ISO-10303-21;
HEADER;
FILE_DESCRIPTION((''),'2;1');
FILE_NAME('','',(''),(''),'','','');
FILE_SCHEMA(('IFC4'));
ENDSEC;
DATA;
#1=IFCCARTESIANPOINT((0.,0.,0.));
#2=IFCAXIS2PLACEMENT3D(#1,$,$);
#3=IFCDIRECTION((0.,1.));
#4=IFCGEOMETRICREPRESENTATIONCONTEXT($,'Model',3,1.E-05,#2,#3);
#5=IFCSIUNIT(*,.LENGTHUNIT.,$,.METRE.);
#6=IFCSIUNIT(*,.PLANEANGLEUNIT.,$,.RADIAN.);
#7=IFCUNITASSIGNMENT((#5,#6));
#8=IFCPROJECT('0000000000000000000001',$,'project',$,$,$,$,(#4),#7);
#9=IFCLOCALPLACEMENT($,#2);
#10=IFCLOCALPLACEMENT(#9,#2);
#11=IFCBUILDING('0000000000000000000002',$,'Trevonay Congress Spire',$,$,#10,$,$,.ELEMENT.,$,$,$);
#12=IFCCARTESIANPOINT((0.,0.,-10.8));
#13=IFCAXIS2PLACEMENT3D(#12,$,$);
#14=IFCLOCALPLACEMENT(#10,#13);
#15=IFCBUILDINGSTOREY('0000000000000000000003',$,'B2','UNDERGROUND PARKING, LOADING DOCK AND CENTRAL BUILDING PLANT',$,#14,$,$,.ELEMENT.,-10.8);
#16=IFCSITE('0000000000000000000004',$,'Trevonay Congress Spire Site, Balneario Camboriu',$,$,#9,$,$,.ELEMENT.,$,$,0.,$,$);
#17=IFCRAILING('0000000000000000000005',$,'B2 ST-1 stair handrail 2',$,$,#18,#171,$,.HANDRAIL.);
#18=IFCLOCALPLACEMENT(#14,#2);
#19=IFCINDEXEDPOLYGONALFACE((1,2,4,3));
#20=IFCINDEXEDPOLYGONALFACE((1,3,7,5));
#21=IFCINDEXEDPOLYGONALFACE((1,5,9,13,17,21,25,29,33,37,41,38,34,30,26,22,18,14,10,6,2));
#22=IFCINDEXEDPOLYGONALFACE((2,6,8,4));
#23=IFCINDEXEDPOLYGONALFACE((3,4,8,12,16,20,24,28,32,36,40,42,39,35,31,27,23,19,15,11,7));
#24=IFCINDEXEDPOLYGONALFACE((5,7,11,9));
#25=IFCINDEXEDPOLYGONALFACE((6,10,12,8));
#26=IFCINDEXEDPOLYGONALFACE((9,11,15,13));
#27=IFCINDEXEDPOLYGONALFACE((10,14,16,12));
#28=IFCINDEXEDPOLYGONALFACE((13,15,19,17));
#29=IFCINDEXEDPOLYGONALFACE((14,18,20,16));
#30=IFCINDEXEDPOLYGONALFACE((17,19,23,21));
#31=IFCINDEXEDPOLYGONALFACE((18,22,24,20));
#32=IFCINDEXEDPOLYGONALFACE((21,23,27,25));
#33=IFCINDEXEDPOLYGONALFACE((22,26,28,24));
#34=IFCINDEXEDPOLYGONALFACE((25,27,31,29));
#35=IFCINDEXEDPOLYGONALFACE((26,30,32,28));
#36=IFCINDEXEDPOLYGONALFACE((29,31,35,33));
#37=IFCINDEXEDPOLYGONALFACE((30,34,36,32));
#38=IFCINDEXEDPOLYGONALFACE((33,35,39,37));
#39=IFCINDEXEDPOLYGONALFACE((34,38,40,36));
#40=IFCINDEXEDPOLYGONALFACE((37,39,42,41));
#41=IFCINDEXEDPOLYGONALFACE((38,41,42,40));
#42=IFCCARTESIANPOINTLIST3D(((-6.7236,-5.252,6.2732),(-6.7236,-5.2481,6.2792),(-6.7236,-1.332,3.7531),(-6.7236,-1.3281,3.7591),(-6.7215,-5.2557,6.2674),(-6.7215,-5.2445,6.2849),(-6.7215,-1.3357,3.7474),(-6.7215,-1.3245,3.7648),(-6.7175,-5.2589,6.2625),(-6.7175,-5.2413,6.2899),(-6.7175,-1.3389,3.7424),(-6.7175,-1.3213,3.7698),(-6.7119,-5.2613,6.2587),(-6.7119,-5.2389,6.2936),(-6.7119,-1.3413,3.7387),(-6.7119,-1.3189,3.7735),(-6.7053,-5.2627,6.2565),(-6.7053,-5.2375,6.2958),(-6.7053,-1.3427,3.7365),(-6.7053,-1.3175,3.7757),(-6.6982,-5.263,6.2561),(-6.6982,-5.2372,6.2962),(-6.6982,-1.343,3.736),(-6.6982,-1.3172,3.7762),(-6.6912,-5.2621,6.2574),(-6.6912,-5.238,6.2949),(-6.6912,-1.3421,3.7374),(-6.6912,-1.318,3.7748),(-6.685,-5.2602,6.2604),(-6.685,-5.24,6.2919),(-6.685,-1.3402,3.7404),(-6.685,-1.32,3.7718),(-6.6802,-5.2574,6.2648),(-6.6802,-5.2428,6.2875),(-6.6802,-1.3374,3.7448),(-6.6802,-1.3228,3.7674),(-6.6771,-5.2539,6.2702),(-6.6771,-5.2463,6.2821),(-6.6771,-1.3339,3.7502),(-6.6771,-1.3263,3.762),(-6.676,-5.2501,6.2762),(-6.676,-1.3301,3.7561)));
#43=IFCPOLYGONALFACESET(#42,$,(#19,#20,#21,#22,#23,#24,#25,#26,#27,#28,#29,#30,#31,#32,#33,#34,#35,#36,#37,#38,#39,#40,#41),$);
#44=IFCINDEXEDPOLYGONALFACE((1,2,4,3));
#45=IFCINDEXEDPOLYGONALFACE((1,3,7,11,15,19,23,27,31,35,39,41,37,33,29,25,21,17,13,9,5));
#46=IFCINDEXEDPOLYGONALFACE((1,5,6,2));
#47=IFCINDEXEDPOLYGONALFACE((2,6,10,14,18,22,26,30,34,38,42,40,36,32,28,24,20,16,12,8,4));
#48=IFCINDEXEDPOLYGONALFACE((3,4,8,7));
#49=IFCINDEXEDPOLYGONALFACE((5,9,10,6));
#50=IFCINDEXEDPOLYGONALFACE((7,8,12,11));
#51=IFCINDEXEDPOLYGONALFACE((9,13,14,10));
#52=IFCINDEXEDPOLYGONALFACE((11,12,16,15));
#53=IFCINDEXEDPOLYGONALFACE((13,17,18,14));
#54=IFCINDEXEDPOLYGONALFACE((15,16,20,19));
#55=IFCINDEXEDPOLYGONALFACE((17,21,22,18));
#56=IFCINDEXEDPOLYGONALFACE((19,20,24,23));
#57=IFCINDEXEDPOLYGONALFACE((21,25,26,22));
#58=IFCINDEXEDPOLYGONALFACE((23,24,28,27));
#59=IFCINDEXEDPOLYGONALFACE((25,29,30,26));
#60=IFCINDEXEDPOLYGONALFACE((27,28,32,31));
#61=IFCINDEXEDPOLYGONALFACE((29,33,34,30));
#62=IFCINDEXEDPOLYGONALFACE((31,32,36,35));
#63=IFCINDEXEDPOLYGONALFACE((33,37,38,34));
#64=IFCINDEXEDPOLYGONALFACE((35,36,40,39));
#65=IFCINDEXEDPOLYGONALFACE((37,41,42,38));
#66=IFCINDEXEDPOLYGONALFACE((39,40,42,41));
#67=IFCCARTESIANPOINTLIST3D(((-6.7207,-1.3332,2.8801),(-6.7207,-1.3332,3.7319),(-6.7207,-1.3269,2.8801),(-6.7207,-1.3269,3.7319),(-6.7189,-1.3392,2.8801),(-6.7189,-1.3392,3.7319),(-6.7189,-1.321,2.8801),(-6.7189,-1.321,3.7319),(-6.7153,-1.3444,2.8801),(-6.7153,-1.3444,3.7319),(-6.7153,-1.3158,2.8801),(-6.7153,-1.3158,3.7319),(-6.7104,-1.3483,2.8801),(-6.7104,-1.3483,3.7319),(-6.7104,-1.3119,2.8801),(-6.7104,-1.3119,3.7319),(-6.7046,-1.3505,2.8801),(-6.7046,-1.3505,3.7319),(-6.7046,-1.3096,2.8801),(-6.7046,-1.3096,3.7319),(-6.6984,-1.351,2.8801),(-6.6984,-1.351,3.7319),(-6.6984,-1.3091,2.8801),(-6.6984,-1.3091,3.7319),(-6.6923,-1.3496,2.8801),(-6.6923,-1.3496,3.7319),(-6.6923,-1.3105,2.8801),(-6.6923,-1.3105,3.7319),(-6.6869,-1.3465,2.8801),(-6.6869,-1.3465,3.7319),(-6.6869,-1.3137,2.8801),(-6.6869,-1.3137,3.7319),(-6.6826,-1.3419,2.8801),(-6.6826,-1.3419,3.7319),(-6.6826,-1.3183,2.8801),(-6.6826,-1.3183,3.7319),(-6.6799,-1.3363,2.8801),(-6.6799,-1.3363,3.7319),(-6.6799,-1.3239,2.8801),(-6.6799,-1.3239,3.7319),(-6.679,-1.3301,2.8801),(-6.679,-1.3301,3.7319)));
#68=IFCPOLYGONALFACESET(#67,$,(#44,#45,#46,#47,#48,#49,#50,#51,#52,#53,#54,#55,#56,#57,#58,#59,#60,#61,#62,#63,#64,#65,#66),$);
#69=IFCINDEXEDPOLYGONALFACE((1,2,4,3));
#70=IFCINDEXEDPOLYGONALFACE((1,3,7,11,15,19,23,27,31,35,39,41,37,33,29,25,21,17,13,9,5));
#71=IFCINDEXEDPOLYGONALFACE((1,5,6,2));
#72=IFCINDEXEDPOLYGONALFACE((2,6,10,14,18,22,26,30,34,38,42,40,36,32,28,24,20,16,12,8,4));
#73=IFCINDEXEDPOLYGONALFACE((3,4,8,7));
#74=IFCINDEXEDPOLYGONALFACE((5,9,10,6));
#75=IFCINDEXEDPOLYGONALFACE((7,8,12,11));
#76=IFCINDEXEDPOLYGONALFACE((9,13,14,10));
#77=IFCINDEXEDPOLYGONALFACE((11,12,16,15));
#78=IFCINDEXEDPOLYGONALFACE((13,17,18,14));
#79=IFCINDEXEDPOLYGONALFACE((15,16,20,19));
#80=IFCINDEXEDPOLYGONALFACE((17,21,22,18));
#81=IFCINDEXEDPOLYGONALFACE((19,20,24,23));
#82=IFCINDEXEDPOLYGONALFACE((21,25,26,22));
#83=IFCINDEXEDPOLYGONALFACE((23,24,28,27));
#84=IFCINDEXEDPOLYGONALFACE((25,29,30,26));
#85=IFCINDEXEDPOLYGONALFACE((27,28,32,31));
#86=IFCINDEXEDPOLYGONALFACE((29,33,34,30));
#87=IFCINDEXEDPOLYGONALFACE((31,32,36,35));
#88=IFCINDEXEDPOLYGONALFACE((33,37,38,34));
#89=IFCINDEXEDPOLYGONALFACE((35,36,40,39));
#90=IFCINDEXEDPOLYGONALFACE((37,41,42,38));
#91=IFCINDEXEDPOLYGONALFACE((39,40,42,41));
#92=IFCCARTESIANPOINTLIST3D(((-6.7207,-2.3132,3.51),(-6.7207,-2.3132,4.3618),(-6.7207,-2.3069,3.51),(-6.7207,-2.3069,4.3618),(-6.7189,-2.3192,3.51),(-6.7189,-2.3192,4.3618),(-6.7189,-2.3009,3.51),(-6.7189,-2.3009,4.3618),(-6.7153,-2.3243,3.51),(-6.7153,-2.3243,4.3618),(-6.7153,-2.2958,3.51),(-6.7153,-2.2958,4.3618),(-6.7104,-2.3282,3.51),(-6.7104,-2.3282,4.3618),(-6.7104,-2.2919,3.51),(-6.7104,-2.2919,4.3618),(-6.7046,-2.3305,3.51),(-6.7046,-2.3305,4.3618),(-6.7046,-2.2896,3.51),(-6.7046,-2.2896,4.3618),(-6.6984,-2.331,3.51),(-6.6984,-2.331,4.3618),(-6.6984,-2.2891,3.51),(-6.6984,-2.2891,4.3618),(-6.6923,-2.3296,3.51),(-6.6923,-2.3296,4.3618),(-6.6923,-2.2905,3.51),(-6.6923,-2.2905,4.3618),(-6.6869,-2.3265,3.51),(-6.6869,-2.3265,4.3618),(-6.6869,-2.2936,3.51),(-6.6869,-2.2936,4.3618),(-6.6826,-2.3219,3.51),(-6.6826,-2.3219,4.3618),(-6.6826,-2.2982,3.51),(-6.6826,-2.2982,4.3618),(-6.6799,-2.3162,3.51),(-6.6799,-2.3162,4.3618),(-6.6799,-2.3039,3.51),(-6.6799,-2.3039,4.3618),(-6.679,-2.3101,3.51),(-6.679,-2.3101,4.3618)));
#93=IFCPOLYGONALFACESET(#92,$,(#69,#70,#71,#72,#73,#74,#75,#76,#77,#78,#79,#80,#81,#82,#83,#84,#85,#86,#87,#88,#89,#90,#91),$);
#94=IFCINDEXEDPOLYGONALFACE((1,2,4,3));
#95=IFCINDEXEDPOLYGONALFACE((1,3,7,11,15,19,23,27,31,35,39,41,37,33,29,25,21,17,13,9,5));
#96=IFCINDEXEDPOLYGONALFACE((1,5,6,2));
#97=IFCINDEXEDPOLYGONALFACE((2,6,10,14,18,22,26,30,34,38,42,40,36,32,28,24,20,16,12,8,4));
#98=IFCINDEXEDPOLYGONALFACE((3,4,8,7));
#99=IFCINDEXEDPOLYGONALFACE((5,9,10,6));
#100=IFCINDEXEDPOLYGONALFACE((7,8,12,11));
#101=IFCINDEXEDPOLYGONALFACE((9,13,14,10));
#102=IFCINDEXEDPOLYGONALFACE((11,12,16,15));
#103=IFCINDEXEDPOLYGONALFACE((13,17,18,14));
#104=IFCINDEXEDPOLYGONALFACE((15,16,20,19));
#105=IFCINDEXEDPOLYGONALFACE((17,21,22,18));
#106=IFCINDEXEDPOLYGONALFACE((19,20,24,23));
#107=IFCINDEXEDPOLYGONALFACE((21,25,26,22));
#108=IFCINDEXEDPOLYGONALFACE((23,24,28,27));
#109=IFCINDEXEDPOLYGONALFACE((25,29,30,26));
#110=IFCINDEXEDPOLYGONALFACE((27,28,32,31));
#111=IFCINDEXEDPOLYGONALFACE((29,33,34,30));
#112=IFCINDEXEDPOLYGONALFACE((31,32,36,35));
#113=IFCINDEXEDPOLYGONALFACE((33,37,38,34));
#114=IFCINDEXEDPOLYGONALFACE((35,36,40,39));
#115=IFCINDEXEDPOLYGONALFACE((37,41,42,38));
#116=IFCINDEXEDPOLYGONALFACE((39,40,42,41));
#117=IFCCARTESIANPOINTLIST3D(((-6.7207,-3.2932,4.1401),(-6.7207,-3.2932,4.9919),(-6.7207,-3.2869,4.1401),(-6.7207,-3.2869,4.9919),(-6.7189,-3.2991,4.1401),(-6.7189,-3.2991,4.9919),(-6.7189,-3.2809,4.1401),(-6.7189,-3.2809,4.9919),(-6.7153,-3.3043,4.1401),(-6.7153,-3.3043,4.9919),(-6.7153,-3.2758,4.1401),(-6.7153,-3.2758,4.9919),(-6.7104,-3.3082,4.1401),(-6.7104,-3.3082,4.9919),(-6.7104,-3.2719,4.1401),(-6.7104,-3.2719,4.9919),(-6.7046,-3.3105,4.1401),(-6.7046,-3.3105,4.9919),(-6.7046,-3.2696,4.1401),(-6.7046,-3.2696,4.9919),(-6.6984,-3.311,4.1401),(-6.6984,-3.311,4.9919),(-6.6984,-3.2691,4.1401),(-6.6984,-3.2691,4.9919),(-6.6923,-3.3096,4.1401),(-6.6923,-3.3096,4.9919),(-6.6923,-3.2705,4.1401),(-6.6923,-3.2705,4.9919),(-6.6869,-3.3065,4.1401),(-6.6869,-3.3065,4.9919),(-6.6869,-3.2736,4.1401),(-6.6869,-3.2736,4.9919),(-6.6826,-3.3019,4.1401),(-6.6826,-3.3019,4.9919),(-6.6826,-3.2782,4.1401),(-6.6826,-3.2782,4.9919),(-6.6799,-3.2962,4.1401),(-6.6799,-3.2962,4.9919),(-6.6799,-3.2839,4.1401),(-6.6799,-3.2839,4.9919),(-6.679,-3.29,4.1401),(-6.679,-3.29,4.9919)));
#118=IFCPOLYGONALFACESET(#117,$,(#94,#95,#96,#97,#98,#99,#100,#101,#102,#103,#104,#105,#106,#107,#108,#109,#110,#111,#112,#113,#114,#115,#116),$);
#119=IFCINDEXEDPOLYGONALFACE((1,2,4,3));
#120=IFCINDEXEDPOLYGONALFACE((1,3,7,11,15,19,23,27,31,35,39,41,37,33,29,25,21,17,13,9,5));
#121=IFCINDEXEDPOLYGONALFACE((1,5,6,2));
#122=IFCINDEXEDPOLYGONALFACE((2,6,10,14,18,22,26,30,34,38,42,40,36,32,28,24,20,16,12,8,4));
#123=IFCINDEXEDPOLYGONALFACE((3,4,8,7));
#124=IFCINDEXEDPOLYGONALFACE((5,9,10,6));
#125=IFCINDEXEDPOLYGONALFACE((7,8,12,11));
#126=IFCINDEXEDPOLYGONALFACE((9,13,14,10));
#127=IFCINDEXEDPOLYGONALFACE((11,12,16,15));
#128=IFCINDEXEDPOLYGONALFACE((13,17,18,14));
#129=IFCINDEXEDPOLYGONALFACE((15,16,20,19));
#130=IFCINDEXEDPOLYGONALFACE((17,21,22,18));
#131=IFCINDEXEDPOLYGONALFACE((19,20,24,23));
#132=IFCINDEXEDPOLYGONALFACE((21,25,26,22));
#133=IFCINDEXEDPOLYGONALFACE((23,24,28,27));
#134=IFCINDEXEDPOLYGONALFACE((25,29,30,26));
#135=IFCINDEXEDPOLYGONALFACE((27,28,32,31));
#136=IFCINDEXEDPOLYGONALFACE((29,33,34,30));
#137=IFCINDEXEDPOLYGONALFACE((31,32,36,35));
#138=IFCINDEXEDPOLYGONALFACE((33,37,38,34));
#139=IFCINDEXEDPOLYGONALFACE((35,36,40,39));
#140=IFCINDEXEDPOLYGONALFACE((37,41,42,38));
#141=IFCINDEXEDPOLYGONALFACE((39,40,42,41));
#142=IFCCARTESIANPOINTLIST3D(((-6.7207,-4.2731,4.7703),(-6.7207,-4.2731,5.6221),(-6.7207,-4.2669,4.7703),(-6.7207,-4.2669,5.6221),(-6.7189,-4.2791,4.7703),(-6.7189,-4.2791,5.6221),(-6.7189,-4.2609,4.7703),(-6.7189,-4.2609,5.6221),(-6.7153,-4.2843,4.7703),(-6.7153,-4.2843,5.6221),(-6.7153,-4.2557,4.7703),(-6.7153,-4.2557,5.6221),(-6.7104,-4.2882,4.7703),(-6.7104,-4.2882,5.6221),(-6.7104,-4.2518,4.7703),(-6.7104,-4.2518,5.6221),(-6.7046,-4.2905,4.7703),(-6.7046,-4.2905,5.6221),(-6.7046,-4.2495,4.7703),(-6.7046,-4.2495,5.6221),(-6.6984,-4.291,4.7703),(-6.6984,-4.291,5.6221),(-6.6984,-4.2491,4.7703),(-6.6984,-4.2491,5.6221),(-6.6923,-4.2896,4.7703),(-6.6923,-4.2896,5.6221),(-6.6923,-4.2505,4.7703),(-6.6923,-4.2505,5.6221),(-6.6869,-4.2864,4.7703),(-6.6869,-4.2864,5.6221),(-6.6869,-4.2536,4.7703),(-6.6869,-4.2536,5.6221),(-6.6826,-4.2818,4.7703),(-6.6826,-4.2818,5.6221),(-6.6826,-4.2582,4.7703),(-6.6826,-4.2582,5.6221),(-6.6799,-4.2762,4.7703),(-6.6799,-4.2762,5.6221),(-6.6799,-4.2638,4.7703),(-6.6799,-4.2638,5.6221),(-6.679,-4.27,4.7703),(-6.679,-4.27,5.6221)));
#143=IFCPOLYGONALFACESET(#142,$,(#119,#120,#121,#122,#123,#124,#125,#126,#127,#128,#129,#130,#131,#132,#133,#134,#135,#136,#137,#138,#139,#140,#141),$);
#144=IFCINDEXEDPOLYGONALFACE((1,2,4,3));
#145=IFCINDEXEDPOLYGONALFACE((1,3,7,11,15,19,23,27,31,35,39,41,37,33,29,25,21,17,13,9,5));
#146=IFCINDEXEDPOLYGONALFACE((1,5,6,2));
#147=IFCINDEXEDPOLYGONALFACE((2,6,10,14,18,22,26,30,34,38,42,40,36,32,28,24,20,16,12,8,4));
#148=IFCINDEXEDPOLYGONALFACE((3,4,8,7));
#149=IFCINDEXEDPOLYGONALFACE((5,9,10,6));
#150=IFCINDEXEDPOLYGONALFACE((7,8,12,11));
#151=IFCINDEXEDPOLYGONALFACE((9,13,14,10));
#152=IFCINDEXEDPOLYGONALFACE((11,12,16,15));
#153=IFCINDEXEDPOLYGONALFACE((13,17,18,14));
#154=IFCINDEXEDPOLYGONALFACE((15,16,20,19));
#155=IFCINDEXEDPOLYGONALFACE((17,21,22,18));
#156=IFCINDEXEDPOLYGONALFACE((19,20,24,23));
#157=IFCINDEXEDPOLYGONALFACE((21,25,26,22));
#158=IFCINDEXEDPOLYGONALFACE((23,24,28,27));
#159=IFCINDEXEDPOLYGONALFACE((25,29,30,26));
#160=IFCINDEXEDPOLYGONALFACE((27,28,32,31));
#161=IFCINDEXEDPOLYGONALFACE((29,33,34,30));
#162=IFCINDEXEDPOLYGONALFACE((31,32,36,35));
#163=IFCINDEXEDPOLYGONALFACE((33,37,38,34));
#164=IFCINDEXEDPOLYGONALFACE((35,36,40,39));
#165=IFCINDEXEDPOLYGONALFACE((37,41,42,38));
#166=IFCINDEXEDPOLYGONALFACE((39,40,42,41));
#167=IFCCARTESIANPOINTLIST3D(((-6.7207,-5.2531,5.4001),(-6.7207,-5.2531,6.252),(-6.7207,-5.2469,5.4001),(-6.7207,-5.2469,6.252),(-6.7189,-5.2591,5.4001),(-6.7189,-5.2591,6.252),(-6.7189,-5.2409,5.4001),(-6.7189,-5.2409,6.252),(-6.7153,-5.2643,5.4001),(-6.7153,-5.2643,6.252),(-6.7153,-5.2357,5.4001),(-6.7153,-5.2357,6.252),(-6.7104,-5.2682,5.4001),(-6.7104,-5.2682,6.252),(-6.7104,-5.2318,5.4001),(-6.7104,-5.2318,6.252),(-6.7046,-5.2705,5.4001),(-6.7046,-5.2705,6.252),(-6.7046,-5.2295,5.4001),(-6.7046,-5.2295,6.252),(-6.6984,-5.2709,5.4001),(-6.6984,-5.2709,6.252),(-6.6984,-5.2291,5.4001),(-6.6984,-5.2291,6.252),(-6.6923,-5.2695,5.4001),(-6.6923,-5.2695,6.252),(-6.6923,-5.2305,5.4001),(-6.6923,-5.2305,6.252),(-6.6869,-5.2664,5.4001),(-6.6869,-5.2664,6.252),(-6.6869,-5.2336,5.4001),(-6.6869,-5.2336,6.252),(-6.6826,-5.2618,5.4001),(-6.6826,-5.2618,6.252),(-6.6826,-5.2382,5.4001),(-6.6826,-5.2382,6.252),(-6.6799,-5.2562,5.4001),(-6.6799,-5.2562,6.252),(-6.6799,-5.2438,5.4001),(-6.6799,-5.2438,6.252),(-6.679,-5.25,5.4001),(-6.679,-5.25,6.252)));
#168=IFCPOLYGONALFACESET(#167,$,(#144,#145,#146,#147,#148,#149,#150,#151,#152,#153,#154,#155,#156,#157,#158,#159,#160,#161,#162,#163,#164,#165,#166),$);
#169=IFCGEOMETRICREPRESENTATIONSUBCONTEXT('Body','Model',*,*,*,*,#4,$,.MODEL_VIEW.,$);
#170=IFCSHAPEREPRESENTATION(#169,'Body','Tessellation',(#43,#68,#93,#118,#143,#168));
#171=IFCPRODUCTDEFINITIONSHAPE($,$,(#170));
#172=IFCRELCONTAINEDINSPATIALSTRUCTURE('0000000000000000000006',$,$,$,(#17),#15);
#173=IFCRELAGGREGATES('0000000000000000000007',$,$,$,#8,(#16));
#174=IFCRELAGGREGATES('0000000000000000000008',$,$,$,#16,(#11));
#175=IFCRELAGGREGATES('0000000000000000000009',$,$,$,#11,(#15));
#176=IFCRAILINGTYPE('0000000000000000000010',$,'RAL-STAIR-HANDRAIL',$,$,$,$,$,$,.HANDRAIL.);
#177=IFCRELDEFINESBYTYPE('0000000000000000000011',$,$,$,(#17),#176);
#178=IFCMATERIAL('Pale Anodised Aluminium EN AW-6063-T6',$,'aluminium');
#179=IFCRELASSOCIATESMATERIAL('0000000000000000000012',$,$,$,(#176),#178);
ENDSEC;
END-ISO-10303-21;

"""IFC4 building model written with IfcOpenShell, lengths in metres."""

from ifc_helpers import new_model, si_unit, direction, frame, origin, origin_2d, place, context, subcontext, project, spatial, circle, extrude, material, type_object, element, save


model = new_model("IFC4")

# Units and contexts
model_context = context("Model", 3, precision=1e-05, world=origin(), true_north=direction((0.0, 1.0)))
body_context = subcontext(model_context, "Body", "Model", "MODEL_VIEW")
ifc_project = project(units=[si_unit("LENGTHUNIT", "METRE"), si_unit("PLANEANGLEUNIT", "RADIAN")], contexts=[model_context])

# Site, building, storey
site_placement = place(None, origin())
site = spatial("IfcSite", under=ifc_project, at=site_placement, Name="Trevonay Congress Spire Site, Balneario Camboriu", CompositionType="ELEMENT", RefElevation=0.0)
building_placement = place(site_placement, origin())
building = spatial("IfcBuilding", under=site, at=building_placement, Name="Trevonay Congress Spire", CompositionType="ELEMENT")
storey_placement = place(building_placement, frame((0.0, 0.0, -10.8)))
storey = spatial("IfcBuildingStorey", under=building, at=storey_placement, Name="B2", Description="UNDERGROUND PARKING, LOADING DOCK AND CENTRAL BUILDING PLANT", CompositionType="ELEMENT", Elevation=-10.8)

# Railing
ifc_material_1 = material(Name="Pale Anodised Aluminium EN AW-6063-T6", Category="aluminium")
railing_type_1 = type_object("IfcRailingType", Name="RAL-STAIR-HANDRAIL", PredefinedType="HANDRAIL", material=ifc_material_1)
railing_1_placement = place(storey_placement, frame((-6.7, -1.3301, 2.8801)))
element("IfcRailing", 1, at=railing_1_placement, inside=storey, type_object=railing_type_1, Name="B2 ST-1 stair handrail 2", PredefinedType="HANDRAIL", context=body_context, shape_type="SweptSolid", body=[
    extrude(circle(Radius=0.0239, at=origin_2d()), frame((0.0, 0.0, 0.876), z_axis=(0.0, -0.841172, 0.540768), x_axis=(1.0, 0.0, 0.0)), (0.0, 0.0, 1.0), 4.6602),
    extrude(circle(Radius=0.021, at=origin_2d()), origin(), (0.0, 0.0, 1.0), 0.8518),
    extrude(circle(Radius=0.021, at=origin_2d()), frame((0.0, -0.98, 0.6299)), (0.0, 0.0, 1.0), 0.8518),
    extrude(circle(Radius=0.021, at=origin_2d()), frame((0.0, -1.96, 1.26)), (0.0, 0.0, 1.0), 0.8518),
    extrude(circle(Radius=0.021, at=origin_2d()), frame((0.0, -2.9399, 1.8901)), (0.0, 0.0, 1.0), 0.8518),
    extrude(circle(Radius=0.021, at=origin_2d()), frame((0.0, -3.9199, 2.52)), (0.0, 0.0, 1.0), 0.8518),
])

save(model, "model.ifc")
